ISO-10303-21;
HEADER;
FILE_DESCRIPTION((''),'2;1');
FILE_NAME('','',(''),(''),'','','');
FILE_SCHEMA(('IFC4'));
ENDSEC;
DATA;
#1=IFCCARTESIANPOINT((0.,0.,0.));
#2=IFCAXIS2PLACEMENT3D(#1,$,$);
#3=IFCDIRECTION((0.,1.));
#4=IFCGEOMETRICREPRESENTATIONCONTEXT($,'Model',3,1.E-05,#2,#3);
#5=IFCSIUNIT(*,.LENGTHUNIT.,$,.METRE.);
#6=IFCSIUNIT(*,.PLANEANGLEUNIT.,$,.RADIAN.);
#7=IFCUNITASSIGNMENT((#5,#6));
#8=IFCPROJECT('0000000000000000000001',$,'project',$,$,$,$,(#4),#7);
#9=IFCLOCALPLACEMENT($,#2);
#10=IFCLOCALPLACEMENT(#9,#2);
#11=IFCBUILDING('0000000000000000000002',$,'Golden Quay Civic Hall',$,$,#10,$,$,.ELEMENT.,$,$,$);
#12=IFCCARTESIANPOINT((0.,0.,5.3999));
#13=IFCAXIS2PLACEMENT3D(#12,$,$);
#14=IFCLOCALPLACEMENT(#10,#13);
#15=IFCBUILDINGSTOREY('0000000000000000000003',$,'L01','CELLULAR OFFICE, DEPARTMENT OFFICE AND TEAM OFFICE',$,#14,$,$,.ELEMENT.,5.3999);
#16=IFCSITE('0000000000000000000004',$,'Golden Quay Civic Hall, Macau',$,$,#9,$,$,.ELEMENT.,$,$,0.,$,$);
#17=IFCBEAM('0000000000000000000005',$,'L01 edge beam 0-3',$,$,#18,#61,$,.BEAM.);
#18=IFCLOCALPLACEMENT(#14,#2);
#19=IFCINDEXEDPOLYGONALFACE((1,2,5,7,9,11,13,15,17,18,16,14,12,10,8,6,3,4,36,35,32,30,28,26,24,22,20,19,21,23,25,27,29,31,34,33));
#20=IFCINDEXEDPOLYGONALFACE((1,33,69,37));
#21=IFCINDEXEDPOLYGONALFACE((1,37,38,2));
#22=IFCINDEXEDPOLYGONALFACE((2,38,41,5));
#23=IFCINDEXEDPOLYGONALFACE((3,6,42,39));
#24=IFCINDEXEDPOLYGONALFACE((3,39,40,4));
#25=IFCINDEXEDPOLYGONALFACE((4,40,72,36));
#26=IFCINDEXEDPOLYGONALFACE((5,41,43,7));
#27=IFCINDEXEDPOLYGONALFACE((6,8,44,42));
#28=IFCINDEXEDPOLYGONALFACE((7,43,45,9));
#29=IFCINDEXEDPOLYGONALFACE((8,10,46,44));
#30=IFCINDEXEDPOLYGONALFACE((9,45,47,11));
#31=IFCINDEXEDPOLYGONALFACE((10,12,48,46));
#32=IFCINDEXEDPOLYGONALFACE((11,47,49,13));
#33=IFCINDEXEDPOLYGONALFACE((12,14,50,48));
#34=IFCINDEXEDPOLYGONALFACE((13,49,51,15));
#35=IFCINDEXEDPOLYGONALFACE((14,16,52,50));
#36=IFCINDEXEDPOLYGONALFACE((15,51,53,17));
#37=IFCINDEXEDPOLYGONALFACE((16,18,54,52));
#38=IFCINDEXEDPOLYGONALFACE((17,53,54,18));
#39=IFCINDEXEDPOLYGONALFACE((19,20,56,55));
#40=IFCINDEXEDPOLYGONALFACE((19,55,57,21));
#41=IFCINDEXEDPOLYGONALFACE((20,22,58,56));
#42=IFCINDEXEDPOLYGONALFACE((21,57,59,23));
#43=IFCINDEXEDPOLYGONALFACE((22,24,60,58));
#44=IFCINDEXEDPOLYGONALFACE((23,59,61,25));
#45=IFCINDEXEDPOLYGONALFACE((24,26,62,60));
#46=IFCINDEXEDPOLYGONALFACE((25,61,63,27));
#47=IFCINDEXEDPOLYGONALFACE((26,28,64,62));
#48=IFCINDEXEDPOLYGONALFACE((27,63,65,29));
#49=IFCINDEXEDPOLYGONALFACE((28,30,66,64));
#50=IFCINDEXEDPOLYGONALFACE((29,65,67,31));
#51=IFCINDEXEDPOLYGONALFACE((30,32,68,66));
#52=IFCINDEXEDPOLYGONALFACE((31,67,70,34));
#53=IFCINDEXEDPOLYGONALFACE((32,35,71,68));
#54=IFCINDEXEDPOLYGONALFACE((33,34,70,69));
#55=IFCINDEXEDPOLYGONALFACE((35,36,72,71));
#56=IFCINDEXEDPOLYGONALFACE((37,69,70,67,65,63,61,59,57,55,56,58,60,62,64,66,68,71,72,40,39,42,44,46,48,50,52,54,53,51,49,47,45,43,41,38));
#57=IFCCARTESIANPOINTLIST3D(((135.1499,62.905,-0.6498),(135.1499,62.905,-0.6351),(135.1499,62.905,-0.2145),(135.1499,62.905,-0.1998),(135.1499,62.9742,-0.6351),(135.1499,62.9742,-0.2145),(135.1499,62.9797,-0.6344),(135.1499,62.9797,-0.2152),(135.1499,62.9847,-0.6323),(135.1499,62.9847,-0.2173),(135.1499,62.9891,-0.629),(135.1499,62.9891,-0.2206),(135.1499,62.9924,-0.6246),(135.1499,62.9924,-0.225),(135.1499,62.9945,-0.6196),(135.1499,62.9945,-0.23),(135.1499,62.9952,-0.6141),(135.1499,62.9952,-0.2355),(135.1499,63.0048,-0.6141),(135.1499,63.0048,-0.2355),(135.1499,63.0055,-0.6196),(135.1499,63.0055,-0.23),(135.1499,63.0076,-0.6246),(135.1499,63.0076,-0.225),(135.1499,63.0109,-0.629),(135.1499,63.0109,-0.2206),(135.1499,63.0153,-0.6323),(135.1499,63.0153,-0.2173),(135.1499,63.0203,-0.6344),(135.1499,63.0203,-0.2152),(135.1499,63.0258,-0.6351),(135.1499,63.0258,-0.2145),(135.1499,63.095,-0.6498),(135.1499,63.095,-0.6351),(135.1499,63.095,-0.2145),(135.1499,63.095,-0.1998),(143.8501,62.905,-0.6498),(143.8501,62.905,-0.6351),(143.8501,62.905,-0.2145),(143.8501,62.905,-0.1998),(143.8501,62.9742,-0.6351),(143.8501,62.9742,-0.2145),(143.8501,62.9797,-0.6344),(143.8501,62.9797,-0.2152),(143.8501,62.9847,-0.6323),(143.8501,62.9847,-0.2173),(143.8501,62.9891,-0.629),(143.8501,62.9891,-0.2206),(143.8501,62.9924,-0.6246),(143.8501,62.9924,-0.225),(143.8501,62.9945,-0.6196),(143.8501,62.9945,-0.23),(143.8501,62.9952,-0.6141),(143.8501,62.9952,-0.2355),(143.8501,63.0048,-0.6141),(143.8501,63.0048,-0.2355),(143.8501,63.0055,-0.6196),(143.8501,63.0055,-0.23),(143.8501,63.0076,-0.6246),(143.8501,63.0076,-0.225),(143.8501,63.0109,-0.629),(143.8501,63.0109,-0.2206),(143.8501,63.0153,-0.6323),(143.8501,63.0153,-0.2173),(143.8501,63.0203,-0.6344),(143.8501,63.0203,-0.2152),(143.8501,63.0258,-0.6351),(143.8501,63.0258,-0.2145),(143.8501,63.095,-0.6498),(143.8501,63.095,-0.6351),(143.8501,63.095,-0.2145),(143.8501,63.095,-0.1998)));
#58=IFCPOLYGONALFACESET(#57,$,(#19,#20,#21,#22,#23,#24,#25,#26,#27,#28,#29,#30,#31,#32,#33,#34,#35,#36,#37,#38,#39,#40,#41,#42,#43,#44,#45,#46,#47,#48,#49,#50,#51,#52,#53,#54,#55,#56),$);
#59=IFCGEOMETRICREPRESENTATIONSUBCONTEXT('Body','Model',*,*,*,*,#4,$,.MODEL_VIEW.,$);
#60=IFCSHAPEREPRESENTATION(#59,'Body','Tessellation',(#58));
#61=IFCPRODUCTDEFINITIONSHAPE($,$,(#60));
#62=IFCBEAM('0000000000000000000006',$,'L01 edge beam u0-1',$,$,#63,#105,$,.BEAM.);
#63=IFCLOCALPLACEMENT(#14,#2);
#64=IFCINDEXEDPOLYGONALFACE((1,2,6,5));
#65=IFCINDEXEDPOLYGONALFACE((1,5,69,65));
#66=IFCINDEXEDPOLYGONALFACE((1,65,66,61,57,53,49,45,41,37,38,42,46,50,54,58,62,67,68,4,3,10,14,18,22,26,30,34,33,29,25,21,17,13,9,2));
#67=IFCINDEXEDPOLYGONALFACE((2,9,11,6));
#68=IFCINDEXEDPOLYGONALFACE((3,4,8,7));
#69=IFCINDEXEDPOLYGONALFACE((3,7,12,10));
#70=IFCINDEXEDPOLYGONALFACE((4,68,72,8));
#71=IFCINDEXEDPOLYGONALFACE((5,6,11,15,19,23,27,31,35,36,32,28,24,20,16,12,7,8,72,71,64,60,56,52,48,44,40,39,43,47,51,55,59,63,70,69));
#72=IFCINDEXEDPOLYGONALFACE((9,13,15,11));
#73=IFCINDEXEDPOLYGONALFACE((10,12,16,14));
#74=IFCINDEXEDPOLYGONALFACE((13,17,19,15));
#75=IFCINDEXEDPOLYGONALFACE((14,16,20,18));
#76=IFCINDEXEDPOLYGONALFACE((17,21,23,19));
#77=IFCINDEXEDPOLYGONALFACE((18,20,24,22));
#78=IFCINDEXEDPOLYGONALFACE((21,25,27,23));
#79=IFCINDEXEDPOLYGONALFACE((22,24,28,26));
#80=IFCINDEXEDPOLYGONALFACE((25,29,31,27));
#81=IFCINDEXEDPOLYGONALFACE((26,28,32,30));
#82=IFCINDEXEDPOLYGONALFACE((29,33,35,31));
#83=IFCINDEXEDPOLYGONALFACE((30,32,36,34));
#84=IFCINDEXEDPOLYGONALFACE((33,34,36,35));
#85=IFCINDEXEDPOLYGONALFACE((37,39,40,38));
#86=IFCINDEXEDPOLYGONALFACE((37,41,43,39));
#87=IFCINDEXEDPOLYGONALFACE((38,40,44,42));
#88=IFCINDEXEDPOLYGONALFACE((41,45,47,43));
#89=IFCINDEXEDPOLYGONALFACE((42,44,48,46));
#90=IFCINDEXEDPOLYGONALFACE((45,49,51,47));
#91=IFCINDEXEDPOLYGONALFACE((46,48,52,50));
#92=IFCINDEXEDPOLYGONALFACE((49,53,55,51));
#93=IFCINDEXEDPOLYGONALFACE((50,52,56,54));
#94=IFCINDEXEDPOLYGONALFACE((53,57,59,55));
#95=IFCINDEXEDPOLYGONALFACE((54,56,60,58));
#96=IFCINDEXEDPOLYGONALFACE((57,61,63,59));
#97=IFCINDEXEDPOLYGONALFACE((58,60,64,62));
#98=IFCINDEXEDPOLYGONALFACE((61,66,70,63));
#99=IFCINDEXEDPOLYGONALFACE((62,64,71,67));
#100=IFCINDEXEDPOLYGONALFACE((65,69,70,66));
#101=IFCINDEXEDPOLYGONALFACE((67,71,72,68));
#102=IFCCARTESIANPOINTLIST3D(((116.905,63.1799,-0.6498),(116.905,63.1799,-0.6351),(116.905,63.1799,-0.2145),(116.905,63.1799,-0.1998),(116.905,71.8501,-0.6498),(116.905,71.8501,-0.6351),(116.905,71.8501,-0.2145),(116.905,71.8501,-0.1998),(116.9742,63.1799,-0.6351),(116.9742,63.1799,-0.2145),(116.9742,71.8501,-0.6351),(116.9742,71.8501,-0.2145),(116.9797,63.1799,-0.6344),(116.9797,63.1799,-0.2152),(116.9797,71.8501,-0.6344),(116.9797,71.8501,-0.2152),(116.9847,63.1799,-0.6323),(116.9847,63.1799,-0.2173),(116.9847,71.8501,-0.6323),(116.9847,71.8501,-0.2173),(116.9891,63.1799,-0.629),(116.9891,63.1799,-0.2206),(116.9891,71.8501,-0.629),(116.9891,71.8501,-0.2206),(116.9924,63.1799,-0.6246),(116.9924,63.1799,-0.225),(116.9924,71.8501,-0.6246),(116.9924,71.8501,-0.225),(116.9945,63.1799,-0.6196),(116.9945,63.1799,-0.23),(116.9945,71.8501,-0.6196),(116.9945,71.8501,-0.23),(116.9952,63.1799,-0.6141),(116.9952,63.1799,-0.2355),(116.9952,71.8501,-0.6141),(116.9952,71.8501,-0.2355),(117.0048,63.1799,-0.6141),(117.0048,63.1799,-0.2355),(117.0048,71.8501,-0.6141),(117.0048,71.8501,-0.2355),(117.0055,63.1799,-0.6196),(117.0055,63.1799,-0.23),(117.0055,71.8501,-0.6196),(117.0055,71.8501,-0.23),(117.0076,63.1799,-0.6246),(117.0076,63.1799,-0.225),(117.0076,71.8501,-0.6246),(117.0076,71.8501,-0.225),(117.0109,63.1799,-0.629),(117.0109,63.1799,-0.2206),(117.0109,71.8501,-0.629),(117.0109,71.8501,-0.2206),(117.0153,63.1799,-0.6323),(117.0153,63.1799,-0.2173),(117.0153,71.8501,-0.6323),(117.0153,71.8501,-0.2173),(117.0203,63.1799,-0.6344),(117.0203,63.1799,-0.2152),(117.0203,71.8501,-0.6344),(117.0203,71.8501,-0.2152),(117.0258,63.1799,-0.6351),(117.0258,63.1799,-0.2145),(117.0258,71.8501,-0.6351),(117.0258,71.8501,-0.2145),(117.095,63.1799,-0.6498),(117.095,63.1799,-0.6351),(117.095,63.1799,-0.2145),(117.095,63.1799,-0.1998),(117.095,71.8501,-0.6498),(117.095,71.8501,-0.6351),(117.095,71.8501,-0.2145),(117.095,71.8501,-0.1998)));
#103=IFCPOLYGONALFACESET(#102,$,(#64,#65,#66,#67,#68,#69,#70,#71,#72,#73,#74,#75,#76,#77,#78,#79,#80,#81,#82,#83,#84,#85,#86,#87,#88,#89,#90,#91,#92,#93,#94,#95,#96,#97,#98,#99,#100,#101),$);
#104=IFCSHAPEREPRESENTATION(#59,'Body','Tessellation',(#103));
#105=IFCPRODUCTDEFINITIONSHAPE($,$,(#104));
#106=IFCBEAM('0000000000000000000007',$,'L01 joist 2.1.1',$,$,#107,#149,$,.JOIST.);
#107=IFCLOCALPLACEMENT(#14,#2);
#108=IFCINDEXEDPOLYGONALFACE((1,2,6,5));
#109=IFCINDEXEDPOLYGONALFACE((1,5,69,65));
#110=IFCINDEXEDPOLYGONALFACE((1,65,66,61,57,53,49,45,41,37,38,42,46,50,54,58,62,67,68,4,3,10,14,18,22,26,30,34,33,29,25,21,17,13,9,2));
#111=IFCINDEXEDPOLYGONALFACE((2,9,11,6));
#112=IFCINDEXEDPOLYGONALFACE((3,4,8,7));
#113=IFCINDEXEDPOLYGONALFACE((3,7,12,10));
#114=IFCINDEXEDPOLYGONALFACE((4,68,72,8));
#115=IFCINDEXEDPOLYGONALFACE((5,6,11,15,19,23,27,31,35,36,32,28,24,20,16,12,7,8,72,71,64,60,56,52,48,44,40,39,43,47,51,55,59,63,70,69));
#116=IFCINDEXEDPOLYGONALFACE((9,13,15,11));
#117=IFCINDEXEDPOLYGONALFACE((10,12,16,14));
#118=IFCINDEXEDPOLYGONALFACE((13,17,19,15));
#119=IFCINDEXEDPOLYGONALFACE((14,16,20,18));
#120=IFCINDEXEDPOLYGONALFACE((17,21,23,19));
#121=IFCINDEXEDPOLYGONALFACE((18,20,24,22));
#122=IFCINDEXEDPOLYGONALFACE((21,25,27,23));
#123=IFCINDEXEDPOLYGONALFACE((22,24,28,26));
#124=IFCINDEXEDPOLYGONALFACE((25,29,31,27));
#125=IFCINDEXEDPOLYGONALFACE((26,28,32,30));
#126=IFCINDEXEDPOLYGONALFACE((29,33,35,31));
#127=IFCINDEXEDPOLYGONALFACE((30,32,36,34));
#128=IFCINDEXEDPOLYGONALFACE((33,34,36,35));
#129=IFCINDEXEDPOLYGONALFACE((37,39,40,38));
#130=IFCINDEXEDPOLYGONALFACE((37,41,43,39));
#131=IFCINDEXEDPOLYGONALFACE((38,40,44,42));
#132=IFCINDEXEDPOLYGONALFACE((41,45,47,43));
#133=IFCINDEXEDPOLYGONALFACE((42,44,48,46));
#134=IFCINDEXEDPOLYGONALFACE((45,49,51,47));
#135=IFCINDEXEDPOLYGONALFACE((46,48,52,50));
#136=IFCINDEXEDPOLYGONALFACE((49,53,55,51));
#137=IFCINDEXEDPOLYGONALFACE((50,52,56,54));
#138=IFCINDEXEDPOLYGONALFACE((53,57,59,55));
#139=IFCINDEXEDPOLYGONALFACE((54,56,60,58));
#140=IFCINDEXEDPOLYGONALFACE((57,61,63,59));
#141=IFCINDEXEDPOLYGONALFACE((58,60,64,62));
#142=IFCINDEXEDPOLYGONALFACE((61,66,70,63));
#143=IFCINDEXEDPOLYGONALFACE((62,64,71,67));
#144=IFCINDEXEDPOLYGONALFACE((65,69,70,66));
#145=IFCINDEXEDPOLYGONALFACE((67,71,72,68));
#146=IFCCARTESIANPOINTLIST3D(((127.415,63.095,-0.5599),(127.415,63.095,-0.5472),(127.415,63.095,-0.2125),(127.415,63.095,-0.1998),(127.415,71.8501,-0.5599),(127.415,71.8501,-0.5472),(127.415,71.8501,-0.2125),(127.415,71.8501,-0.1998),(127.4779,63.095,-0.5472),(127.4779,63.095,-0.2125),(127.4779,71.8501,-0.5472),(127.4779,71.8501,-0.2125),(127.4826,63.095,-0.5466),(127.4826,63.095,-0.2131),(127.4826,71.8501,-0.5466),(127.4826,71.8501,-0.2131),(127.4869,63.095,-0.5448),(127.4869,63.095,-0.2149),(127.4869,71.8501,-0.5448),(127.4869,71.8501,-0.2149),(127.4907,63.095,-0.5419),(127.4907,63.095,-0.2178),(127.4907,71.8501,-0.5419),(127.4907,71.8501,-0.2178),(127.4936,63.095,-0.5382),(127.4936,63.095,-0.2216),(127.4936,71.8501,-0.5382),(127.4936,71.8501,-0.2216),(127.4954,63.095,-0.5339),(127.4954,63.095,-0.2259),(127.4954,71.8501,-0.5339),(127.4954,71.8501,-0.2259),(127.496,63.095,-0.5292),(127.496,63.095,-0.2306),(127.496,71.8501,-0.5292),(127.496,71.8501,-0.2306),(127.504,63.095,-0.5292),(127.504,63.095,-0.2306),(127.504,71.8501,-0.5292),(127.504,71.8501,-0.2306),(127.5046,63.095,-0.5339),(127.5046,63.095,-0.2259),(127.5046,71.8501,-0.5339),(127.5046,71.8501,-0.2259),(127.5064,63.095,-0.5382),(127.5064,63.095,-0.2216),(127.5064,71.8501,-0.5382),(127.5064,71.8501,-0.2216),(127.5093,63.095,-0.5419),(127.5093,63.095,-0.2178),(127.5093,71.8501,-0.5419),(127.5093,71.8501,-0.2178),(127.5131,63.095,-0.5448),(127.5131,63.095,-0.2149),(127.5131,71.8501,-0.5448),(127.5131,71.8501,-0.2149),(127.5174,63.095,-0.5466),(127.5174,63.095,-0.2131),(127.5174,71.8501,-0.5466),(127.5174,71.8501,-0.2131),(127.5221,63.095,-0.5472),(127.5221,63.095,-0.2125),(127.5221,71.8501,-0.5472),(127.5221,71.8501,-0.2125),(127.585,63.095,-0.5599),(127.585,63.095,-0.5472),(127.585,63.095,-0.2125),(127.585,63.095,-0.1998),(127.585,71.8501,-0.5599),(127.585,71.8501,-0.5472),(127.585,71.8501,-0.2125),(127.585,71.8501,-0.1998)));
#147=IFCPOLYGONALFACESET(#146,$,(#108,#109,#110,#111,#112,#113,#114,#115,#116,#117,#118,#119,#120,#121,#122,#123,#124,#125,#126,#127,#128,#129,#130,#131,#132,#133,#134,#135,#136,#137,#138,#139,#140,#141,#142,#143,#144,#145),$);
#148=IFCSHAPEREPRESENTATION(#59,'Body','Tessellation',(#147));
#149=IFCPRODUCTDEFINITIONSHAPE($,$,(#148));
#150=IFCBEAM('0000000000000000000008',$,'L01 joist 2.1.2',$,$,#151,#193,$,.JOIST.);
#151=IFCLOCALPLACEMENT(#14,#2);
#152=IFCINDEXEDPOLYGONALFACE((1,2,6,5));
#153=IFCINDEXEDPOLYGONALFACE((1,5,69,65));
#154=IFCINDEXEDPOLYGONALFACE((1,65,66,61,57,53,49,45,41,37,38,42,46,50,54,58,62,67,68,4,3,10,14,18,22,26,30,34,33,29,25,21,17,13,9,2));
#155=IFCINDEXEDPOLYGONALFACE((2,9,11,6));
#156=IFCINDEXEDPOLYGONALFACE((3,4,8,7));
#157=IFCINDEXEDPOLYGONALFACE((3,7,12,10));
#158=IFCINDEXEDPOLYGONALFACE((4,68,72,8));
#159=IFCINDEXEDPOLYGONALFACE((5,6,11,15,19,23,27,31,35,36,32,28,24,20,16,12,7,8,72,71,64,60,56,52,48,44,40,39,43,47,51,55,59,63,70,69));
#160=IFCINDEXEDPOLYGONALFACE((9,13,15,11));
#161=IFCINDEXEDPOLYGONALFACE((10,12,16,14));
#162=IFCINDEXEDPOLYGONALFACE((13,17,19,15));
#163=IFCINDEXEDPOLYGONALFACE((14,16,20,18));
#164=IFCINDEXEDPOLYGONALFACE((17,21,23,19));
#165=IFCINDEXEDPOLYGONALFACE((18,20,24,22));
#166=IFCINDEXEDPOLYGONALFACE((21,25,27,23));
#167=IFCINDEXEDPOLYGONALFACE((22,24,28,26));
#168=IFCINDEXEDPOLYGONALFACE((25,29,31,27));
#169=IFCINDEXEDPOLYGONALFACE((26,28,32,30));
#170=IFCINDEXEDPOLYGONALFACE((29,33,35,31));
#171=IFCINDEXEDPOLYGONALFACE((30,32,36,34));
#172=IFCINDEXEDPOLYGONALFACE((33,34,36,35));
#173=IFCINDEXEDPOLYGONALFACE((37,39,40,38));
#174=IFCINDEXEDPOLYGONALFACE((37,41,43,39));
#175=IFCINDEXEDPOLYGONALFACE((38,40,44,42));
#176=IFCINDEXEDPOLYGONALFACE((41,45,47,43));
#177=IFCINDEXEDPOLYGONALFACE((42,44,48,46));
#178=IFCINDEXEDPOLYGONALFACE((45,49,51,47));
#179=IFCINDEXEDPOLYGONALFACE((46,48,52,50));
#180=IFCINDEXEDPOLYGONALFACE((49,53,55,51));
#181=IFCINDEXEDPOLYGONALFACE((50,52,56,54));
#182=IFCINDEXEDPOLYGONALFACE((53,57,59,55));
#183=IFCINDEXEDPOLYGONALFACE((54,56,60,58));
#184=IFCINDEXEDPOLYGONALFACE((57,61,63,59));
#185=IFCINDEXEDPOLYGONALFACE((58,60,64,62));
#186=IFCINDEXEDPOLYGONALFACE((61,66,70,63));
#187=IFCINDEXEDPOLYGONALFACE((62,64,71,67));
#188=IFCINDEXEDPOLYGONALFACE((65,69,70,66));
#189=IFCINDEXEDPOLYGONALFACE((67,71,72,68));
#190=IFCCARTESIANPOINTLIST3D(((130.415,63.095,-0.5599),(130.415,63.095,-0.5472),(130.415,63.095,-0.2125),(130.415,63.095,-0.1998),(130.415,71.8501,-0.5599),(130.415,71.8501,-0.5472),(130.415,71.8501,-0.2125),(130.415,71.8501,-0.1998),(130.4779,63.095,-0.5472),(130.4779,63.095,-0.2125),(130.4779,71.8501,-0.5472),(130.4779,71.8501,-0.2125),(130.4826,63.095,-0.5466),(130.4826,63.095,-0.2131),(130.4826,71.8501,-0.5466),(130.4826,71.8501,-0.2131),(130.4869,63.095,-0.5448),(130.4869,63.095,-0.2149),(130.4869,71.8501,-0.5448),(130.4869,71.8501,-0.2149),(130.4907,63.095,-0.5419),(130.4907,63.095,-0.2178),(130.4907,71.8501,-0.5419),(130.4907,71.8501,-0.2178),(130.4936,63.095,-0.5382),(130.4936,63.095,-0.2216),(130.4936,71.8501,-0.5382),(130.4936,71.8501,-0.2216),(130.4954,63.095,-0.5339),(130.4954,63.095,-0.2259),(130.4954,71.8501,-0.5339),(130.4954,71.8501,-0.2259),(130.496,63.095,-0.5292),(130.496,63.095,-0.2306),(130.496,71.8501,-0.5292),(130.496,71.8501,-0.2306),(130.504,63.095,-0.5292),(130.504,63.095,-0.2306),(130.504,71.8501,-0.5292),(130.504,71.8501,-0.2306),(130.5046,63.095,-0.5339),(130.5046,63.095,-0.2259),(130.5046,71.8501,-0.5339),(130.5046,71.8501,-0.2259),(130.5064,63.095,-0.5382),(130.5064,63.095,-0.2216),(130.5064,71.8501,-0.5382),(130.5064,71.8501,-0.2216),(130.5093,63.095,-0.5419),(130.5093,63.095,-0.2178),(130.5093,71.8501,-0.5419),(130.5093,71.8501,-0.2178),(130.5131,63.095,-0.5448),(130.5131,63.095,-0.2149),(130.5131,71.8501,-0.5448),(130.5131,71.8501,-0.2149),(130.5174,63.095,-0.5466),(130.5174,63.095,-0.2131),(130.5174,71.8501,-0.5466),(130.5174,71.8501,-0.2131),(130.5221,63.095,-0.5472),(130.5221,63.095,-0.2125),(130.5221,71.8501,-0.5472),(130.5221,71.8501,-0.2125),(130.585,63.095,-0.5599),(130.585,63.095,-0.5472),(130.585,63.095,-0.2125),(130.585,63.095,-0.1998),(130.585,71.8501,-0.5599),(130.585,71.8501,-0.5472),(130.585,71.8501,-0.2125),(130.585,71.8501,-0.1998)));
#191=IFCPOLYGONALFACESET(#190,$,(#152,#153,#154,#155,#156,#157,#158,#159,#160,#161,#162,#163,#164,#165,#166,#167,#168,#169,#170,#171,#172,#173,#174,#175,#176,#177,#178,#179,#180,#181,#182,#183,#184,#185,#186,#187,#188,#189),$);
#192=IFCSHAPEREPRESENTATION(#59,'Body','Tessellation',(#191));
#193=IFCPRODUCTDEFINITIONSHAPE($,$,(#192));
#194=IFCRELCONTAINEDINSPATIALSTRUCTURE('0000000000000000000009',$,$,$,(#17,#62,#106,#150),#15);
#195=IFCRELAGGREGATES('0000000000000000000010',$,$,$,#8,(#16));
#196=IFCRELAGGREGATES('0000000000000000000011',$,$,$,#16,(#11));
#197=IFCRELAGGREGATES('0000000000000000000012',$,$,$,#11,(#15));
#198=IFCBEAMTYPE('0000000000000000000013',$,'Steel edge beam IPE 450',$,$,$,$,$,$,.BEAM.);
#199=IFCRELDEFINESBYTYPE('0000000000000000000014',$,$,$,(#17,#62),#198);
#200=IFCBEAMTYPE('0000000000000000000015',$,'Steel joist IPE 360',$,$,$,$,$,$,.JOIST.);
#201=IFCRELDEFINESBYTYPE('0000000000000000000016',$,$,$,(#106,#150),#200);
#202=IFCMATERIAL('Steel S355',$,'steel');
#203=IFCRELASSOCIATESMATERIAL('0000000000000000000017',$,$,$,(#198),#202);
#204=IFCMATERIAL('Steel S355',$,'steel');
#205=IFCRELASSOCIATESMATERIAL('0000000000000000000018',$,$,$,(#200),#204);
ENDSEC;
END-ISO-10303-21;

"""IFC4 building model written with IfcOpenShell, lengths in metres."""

from ifc_helpers import new_model, si_unit, direction, frame, origin, origin_2d, place, context, subcontext, project, spatial, i_section, extrude, material, material_profile, profile_set, type_object, element, save


model = new_model("IFC4")

# Units and contexts
model_context = context("Model", 3, precision=1e-05, world=origin(), true_north=direction((0.0, 1.0)))
body_context = subcontext(model_context, "Body", "Model", "MODEL_VIEW")
ifc_project = project(units=[si_unit("LENGTHUNIT", "METRE"), si_unit("PLANEANGLEUNIT", "RADIAN")], contexts=[model_context])

# Site, building, storey
site_placement = place(None, origin())
site = spatial("IfcSite", under=ifc_project, at=site_placement, Name="Golden Quay Civic Hall, Macau", CompositionType="ELEMENT", RefElevation=0.0)
building_placement = place(site_placement, origin())
building = spatial("IfcBuilding", under=site, at=building_placement, Name="Golden Quay Civic Hall", CompositionType="ELEMENT")
storey_placement = place(building_placement, frame((0.0, 0.0, 5.3999)))
storey = spatial("IfcBuildingStorey", under=building, at=storey_placement, Name="L01", Description="CELLULAR OFFICE, DEPARTMENT OFFICE AND TEAM OFFICE", CompositionType="ELEMENT", Elevation=5.3999)

# Beams
ifc_material_1 = material(Name="Steel S355", Category="steel")
ifc_material_profile_1 = material_profile(ifc_material_1, i_section(OverallWidth=0.1899, OverallDepth=0.45, WebThickness=0.0095, FlangeThickness=0.0146, FilletRadius=0.021, at=origin_2d()), Name="IPE 450")
ifc_profile_set_1 = profile_set([ifc_material_profile_1], Name="Steel S355")
beam_type_1 = type_object("IfcBeamType", Name="Steel edge beam IPE 450", PredefinedType="BEAM", material=ifc_profile_set_1)
for number, where, z_axis, x_axis, name in (
    (1, (135.1499, 63.0, -0.4248), (1.0, 0.0, 0.0), (0.0, 1.0, 0.0), "L01 edge beam 0-3"),
):
    element("IfcBeam", number, at=place(storey_placement, frame(where, z_axis=z_axis, x_axis=x_axis)), inside=storey, type_object=beam_type_1, Name=name, PredefinedType="BEAM", context=body_context, shape_type="SweptSolid", body=[
        extrude(i_section(OverallWidth=0.1899, OverallDepth=0.45, WebThickness=0.0095, FlangeThickness=0.0146, FilletRadius=0.021, at=origin_2d()), origin(), (0.0, 0.0, 1.0), 8.7002),
    ])
beam_1_placement = place(storey_placement, frame((117.0, 63.1799, -0.4248), z_axis=(0.0, 1.0, 0.0), x_axis=(-1.0, 0.0, 0.0)))
element("IfcBeam", 2, at=beam_1_placement, inside=storey, type_object=beam_type_1, Name="L01 edge beam u0-1", PredefinedType="BEAM", context=body_context, shape_type="SweptSolid", body=[
    extrude(i_section(OverallWidth=0.1899, OverallDepth=0.45, WebThickness=0.0095, FlangeThickness=0.0146, FilletRadius=0.021, at=origin_2d()), origin(), (0.0, 0.0, 1.0), 8.6702),
])
ifc_material_2 = material(Name="Steel S355", Category="steel")
ifc_material_profile_2 = material_profile(ifc_material_2, i_section(OverallWidth=0.1699, OverallDepth=0.3601, WebThickness=0.0081, FlangeThickness=0.0127, FilletRadius=0.0181, at=origin_2d()), Name="IPE 360")
ifc_profile_set_2 = profile_set([ifc_material_profile_2], Name="Steel S355")
beam_type_2 = type_object("IfcBeamType", Name="Steel joist IPE 360", PredefinedType="JOIST", material=ifc_profile_set_2)
for number, where, z_axis, x_axis, name in (
    (3, (127.5, 63.095, -0.3799), (0.0, 1.0, 0.0), (-1.0, 0.0, 0.0), "L01 joist 2.1.1"),
    (4, (130.5, 63.095, -0.3799), (0.0, 1.0, 0.0), (-1.0, 0.0, 0.0), "L01 joist 2.1.2"),
):
    element("IfcBeam", number, at=place(storey_placement, frame(where, z_axis=z_axis, x_axis=x_axis)), inside=storey, type_object=beam_type_2, Name=name, PredefinedType="JOIST", context=body_context, shape_type="SweptSolid", body=[
        extrude(i_section(OverallWidth=0.1699, OverallDepth=0.3601, WebThickness=0.0081, FlangeThickness=0.0127, FilletRadius=0.0181, at=origin_2d()), origin(), (0.0, 0.0, 1.0), 8.7551),
    ])

save(model, "model.ifc")
